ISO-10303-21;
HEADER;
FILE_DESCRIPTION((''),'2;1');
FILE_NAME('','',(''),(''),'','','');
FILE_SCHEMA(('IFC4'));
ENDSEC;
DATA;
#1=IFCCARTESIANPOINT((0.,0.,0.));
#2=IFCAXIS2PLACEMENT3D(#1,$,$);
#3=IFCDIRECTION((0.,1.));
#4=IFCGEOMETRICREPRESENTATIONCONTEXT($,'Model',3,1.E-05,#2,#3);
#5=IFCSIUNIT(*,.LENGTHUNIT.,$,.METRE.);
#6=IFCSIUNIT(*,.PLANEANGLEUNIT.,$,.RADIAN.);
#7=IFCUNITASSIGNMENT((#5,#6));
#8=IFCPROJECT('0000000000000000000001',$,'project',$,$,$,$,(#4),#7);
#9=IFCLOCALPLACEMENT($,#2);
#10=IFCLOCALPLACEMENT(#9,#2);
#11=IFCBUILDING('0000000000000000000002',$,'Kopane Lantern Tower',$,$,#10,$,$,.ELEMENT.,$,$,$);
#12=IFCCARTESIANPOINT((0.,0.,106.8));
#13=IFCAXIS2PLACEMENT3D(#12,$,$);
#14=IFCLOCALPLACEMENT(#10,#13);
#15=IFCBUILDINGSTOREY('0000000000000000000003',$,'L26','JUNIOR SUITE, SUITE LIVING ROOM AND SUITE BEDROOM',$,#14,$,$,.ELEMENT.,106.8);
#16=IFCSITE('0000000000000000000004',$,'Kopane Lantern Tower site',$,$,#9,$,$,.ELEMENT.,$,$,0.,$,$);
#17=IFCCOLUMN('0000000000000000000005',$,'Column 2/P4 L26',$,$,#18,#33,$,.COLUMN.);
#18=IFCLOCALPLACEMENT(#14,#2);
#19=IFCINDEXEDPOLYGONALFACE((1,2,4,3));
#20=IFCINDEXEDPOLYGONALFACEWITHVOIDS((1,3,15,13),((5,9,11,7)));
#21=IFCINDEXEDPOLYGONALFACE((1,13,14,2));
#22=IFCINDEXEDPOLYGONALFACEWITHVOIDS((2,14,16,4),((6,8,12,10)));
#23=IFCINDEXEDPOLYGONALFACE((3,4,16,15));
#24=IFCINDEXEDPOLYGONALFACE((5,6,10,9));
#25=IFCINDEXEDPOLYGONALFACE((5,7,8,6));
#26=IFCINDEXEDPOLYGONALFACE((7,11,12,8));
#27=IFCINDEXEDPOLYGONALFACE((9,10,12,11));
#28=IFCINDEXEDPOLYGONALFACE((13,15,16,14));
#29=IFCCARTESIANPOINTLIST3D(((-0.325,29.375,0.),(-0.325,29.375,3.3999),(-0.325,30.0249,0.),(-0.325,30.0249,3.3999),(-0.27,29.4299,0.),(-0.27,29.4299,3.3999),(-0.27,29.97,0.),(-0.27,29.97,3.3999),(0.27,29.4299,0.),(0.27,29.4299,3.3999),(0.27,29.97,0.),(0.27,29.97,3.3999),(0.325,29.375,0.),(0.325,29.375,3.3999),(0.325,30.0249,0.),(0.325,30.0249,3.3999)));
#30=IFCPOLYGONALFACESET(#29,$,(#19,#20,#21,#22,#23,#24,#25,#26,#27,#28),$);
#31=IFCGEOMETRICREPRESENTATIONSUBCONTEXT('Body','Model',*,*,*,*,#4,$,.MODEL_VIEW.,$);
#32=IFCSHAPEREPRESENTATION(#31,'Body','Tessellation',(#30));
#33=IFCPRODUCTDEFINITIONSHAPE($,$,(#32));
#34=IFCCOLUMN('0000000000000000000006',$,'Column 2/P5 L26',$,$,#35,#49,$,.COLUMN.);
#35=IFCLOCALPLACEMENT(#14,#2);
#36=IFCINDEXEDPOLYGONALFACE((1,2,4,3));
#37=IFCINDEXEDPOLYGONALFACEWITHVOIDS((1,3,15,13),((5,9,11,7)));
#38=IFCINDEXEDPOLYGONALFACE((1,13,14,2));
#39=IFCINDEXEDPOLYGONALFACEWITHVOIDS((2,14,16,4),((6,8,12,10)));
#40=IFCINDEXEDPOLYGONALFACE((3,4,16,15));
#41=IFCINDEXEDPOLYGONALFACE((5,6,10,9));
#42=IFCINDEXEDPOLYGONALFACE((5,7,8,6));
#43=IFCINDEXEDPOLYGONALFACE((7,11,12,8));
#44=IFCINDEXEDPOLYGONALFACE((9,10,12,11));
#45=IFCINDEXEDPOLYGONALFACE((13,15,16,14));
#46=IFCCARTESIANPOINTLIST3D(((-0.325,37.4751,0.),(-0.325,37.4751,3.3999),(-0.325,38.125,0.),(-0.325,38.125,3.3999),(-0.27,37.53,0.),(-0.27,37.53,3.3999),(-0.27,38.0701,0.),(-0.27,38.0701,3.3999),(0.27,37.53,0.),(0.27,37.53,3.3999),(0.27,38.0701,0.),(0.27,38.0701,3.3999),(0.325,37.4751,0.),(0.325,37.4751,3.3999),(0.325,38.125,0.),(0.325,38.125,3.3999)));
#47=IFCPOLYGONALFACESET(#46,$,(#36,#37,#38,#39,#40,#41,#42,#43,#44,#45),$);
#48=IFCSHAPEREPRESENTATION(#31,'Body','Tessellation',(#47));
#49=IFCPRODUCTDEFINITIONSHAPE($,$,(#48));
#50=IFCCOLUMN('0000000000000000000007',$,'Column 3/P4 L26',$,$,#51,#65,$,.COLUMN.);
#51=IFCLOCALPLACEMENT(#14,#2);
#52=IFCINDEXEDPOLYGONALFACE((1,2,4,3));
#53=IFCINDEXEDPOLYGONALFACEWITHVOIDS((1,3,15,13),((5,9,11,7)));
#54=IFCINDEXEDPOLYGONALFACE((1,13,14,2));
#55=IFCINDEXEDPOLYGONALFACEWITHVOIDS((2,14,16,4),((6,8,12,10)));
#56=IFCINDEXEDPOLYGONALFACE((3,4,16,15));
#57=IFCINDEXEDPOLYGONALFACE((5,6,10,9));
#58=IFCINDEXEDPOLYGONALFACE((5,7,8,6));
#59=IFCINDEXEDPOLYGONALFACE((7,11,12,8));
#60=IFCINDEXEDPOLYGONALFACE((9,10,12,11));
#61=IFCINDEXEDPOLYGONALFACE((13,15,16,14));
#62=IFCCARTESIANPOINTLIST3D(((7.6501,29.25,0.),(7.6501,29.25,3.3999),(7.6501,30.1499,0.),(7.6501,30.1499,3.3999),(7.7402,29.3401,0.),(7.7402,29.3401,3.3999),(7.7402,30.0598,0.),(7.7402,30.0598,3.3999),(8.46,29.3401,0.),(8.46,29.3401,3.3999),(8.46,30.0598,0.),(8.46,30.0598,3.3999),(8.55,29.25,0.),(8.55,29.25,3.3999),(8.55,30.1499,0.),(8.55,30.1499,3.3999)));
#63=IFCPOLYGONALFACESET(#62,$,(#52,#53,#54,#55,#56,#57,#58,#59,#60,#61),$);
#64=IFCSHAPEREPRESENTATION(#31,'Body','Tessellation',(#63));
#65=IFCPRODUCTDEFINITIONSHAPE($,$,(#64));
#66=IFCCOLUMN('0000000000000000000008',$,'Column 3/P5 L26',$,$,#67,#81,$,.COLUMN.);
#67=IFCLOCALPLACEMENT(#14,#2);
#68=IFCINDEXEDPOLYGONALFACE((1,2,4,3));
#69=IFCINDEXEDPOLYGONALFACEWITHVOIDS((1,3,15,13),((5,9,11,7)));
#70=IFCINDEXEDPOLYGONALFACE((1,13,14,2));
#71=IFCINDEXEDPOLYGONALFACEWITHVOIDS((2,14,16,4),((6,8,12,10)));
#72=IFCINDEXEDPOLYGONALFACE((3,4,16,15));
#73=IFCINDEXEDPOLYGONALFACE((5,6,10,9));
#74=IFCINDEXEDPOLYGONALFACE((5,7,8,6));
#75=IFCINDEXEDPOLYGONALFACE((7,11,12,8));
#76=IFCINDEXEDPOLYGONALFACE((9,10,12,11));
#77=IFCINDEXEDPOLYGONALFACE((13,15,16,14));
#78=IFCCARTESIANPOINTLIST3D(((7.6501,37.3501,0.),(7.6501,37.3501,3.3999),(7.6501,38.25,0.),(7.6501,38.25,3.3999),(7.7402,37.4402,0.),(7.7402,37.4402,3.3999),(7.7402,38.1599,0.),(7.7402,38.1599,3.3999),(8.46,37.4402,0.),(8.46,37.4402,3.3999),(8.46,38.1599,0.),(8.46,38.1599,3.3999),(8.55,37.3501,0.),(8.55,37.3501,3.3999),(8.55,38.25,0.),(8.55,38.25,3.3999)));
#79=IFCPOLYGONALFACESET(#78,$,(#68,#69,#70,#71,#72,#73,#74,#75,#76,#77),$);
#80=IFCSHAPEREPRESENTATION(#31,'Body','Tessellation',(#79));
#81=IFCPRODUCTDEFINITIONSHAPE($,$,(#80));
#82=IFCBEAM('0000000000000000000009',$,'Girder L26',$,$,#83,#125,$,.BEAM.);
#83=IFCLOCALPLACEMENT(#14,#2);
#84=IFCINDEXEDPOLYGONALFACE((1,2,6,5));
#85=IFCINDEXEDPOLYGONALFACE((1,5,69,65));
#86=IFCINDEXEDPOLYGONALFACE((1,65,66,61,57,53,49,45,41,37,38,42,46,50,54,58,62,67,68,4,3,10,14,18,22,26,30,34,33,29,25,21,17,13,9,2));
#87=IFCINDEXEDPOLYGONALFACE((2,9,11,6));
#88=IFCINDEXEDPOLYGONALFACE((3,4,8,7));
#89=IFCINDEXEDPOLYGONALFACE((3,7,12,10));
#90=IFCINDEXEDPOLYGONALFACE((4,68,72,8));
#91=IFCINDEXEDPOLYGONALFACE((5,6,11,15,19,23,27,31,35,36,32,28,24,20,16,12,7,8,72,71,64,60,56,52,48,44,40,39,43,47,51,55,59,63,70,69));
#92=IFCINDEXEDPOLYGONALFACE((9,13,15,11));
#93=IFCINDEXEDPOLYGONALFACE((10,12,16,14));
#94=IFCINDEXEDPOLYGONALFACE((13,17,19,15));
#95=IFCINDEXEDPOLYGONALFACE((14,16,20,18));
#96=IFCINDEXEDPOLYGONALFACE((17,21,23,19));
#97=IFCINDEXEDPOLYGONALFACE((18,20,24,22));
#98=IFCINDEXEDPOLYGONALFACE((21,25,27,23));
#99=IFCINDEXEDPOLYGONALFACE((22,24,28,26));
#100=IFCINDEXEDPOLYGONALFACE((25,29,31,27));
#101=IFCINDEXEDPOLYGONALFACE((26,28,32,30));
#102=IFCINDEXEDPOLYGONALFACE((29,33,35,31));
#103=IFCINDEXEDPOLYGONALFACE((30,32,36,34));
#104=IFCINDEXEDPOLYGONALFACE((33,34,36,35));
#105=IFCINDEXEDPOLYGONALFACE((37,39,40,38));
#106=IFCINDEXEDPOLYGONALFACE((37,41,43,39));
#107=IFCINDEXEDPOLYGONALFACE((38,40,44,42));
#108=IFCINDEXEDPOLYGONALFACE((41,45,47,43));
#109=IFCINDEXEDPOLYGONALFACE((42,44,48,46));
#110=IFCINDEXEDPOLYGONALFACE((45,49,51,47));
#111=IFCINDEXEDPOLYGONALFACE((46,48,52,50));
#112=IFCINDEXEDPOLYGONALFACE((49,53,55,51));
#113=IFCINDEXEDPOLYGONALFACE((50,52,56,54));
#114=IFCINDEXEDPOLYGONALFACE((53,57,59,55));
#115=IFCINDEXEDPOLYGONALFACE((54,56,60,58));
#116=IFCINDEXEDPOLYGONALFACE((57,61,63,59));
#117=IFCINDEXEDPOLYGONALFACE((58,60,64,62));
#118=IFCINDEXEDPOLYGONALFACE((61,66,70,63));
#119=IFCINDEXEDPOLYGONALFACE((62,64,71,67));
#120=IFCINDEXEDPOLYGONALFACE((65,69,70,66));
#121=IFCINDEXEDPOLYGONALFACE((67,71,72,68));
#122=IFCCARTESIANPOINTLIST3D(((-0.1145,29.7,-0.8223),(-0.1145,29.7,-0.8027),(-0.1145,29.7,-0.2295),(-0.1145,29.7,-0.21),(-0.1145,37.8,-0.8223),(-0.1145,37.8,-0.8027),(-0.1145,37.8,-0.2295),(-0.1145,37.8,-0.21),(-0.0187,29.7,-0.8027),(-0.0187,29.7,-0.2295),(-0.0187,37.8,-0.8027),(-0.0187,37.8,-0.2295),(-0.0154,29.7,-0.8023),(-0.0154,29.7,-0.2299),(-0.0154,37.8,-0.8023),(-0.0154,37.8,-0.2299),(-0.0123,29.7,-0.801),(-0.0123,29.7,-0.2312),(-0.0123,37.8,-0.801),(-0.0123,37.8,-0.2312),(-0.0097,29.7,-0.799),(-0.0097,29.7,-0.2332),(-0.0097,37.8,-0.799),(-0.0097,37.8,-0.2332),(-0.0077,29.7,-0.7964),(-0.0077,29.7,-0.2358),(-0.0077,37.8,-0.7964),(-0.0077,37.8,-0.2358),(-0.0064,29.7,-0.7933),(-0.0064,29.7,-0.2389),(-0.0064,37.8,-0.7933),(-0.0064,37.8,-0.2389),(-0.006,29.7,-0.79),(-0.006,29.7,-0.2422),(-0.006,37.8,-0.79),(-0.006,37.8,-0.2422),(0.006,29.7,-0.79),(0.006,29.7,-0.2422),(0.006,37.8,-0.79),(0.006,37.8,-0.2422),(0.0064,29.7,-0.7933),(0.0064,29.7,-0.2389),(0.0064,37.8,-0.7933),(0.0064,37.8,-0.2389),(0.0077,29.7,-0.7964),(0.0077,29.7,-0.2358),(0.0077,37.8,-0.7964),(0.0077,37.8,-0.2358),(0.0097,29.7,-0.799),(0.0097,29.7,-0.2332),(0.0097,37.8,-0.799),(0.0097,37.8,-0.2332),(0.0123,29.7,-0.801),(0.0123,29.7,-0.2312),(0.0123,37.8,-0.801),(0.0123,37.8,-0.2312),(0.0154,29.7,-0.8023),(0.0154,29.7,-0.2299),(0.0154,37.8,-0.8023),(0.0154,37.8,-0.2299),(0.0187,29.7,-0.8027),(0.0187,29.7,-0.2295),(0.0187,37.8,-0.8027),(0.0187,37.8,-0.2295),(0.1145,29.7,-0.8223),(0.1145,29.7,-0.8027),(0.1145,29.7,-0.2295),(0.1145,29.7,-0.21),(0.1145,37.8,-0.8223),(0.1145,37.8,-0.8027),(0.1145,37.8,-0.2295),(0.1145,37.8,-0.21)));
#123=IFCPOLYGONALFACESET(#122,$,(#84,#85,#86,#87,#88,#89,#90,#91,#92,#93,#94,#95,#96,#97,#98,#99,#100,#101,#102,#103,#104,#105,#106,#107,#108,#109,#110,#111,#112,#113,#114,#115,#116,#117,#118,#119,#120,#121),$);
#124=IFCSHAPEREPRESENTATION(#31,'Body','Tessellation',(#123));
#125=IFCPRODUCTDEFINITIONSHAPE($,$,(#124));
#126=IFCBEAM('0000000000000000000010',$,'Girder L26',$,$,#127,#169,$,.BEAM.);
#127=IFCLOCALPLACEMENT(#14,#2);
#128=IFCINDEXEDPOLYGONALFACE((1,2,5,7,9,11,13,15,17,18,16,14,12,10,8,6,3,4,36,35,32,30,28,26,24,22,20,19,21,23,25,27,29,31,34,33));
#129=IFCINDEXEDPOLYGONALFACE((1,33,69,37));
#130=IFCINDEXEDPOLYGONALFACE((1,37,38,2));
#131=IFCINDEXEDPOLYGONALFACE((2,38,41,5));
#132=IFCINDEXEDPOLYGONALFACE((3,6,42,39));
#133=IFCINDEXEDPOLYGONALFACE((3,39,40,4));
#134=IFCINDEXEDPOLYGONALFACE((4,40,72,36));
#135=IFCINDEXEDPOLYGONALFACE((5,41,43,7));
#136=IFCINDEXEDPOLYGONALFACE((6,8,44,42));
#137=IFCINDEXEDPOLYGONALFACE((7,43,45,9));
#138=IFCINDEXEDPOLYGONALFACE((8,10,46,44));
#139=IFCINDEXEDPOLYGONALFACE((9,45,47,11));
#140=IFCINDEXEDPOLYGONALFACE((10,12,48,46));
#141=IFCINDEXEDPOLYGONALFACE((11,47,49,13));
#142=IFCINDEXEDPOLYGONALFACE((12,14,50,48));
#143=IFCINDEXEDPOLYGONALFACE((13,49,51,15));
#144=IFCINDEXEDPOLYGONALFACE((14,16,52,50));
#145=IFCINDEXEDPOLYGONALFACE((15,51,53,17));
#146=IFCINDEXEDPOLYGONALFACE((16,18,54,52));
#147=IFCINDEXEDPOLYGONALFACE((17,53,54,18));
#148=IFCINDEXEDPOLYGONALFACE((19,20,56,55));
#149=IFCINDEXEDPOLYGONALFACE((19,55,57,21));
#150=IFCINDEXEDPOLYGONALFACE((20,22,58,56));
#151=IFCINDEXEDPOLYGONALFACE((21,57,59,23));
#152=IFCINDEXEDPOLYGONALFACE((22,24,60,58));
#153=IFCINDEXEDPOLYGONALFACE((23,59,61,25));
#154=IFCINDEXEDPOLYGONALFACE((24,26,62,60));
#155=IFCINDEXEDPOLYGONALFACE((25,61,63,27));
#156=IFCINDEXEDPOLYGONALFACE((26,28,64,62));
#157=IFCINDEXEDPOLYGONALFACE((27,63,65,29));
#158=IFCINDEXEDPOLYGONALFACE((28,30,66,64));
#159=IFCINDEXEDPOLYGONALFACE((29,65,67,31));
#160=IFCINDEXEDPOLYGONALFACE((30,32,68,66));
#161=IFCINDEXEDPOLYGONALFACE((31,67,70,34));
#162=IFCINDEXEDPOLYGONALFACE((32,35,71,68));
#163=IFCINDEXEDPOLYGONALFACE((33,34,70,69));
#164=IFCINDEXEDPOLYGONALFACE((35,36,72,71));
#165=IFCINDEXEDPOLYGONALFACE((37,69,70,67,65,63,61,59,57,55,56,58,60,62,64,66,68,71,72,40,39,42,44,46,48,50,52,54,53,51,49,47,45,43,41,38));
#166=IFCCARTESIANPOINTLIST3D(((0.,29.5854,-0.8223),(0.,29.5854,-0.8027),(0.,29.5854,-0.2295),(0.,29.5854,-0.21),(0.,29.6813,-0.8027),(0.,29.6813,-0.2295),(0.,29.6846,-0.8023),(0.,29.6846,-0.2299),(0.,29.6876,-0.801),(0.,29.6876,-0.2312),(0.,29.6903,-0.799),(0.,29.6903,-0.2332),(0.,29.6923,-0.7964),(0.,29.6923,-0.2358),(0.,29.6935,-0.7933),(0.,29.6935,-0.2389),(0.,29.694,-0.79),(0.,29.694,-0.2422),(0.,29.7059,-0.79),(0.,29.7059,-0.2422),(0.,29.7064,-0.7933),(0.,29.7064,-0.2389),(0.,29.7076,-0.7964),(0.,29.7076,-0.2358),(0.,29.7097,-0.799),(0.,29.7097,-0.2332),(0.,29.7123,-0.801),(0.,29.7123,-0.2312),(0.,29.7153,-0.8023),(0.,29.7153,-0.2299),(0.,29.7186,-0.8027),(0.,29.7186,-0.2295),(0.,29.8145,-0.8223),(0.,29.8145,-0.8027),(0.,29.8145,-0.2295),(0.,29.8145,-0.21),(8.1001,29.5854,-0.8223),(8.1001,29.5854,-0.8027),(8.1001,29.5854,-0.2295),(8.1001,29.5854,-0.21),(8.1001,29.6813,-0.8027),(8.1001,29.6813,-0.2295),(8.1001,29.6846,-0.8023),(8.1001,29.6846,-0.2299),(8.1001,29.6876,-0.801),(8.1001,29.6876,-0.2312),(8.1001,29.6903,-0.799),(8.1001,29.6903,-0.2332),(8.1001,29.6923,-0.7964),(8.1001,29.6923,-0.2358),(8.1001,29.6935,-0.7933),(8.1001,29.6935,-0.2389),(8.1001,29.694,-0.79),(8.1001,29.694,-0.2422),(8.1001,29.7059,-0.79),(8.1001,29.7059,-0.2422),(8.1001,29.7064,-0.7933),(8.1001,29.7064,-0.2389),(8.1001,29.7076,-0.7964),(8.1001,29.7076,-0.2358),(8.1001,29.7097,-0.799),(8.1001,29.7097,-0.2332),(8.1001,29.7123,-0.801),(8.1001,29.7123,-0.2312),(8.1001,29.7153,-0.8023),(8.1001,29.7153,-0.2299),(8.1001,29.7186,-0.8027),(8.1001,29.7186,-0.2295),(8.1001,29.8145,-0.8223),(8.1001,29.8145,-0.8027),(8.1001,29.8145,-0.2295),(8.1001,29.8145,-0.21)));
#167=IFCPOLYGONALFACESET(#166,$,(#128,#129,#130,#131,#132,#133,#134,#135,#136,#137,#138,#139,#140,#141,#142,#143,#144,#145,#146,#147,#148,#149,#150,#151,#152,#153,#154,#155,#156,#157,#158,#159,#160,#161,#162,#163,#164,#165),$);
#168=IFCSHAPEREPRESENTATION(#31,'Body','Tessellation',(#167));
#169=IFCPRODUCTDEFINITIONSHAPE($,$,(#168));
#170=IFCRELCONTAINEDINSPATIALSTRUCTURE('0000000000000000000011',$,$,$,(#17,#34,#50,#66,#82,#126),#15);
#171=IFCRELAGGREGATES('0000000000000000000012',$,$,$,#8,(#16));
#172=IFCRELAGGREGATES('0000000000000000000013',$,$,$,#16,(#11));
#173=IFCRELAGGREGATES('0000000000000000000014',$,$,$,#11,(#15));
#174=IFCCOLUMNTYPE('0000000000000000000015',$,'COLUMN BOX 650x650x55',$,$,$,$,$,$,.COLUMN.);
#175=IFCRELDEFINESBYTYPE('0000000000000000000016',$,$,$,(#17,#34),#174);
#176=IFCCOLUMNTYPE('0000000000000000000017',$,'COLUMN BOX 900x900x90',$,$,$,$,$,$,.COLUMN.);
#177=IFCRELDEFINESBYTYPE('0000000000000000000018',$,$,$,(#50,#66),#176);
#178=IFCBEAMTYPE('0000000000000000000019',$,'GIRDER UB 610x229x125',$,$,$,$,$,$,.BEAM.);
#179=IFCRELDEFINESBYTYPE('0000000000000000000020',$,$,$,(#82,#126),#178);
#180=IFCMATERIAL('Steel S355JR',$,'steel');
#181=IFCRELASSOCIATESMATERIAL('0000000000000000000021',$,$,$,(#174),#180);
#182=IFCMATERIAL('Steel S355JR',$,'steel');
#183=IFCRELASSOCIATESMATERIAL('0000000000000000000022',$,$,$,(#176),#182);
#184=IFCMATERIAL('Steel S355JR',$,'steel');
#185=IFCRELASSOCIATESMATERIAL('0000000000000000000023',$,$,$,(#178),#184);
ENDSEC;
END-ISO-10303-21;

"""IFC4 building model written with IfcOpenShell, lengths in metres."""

from ifc_helpers import new_model, si_unit, direction, frame, origin, origin_2d, place, context, subcontext, project, spatial, hollow_rectangle, i_section, extrude, material, material_profile, profile_set, type_object, element, save


model = new_model("IFC4")

# Units and contexts
model_context = context("Model", 3, precision=1e-05, world=origin(), true_north=direction((0.0, 1.0)))
body_context = subcontext(model_context, "Body", "Model", "MODEL_VIEW")
ifc_project = project(units=[si_unit("LENGTHUNIT", "METRE"), si_unit("PLANEANGLEUNIT", "RADIAN")], contexts=[model_context])

# Site, building, storey
site_placement = place(None, origin())
site = spatial("IfcSite", under=ifc_project, at=site_placement, Name="Kopane Lantern Tower site", CompositionType="ELEMENT", RefElevation=0.0)
building_placement = place(site_placement, origin())
building = spatial("IfcBuilding", under=site, at=building_placement, Name="Kopane Lantern Tower", CompositionType="ELEMENT")
storey_placement = place(building_placement, frame((0.0, 0.0, 106.8)))
storey = spatial("IfcBuildingStorey", under=building, at=storey_placement, Name="L26", Description="JUNIOR SUITE, SUITE LIVING ROOM AND SUITE BEDROOM", CompositionType="ELEMENT", Elevation=106.8)

# Columns
ifc_material_1 = material(Name="Steel S355JR", Category="steel")
ifc_material_profile_1 = material_profile(ifc_material_1, hollow_rectangle(XDim=0.6499, YDim=0.6499, WallThickness=0.0549, at=origin_2d()), Name="BOX 650x650x55")
ifc_profile_set_1 = profile_set([ifc_material_profile_1], Name="Steel S355JR")
column_type_1 = type_object("IfcColumnType", Name="COLUMN BOX 650x650x55", PredefinedType="COLUMN", material=ifc_profile_set_1)
for number, where, z_axis, x_axis, name in (
    (1, (0.0, 29.7, 0.0), (0.0, 0.0, 1.0), (1.0, 0.0, 0.0), "Column 2/P4 L26"),
    (2, (0.0, 37.8, 0.0), (0.0, 0.0, 1.0), (1.0, 0.0, 0.0), "Column 2/P5 L26"),
):
    element("IfcColumn", number, at=place(storey_placement, frame(where, z_axis=z_axis, x_axis=x_axis)), inside=storey, type_object=column_type_1, Name=name, PredefinedType="COLUMN", context=body_context, shape_type="SweptSolid", body=[
        extrude(hollow_rectangle(XDim=0.6499, YDim=0.6499, WallThickness=0.0549, at=origin_2d()), origin(), (0.0, 0.0, 1.0), 3.3999),
    ])
ifc_material_2 = material(Name="Steel S355JR", Category="steel")
ifc_material_profile_2 = material_profile(ifc_material_2, hollow_rectangle(XDim=0.8999, YDim=0.8999, WallThickness=0.0901, at=origin_2d()), Name="BOX 900x900x90")
ifc_profile_set_2 = profile_set([ifc_material_profile_2], Name="Steel S355JR")
column_type_2 = type_object("IfcColumnType", Name="COLUMN BOX 900x900x90", PredefinedType="COLUMN", material=ifc_profile_set_2)
for number, where, z_axis, x_axis, name in (
    (3, (8.1001, 29.7, 0.0), (0.0, 0.0, 1.0), (1.0, 0.0, 0.0), "Column 3/P4 L26"),
    (4, (8.1001, 37.8, 0.0), (0.0, 0.0, 1.0), (1.0, 0.0, 0.0), "Column 3/P5 L26"),
):
    element("IfcColumn", number, at=place(storey_placement, frame(where, z_axis=z_axis, x_axis=x_axis)), inside=storey, type_object=column_type_2, Name=name, PredefinedType="COLUMN", context=body_context, shape_type="SweptSolid", body=[
        extrude(hollow_rectangle(XDim=0.8999, YDim=0.8999, WallThickness=0.0901, at=origin_2d()), origin(), (0.0, 0.0, 1.0), 3.3999),
    ])

# Beams
ifc_material_3 = material(Name="Steel S355JR", Category="steel")
ifc_material_profile_3 = material_profile(ifc_material_3, i_section(OverallWidth=0.229, OverallDepth=0.6123, WebThickness=0.012, FlangeThickness=0.0195, FilletRadius=0.0127, at=origin_2d()), Name="UB 610x229x125")
ifc_profile_set_3 = profile_set([ifc_material_profile_3], Name="Steel S355JR")
beam_type = type_object("IfcBeamType", Name="GIRDER UB 610x229x125", PredefinedType="BEAM", material=ifc_profile_set_3)
for number, where, z_axis, x_axis, name in (
    (5, (0.0, 29.7, -0.5161), (0.0, 1.0, 0.0), (-1.0, 0.0, 0.0), "Girder L26"),
    (6, (0.0, 29.7, -0.5161), (1.0, 0.0, 0.0), (0.0, 1.0, 0.0), "Girder L26"),
):
    element("IfcBeam", number, at=place(storey_placement, frame(where, z_axis=z_axis, x_axis=x_axis)), inside=storey, type_object=beam_type, Name=name, PredefinedType="BEAM", context=body_context, shape_type="SweptSolid", body=[
        extrude(i_section(OverallWidth=0.229, OverallDepth=0.6123, WebThickness=0.012, FlangeThickness=0.0195, FilletRadius=0.0127, at=origin_2d()), origin(), (0.0, 0.0, 1.0), 8.1001),
    ])

save(model, "model.ifc")
